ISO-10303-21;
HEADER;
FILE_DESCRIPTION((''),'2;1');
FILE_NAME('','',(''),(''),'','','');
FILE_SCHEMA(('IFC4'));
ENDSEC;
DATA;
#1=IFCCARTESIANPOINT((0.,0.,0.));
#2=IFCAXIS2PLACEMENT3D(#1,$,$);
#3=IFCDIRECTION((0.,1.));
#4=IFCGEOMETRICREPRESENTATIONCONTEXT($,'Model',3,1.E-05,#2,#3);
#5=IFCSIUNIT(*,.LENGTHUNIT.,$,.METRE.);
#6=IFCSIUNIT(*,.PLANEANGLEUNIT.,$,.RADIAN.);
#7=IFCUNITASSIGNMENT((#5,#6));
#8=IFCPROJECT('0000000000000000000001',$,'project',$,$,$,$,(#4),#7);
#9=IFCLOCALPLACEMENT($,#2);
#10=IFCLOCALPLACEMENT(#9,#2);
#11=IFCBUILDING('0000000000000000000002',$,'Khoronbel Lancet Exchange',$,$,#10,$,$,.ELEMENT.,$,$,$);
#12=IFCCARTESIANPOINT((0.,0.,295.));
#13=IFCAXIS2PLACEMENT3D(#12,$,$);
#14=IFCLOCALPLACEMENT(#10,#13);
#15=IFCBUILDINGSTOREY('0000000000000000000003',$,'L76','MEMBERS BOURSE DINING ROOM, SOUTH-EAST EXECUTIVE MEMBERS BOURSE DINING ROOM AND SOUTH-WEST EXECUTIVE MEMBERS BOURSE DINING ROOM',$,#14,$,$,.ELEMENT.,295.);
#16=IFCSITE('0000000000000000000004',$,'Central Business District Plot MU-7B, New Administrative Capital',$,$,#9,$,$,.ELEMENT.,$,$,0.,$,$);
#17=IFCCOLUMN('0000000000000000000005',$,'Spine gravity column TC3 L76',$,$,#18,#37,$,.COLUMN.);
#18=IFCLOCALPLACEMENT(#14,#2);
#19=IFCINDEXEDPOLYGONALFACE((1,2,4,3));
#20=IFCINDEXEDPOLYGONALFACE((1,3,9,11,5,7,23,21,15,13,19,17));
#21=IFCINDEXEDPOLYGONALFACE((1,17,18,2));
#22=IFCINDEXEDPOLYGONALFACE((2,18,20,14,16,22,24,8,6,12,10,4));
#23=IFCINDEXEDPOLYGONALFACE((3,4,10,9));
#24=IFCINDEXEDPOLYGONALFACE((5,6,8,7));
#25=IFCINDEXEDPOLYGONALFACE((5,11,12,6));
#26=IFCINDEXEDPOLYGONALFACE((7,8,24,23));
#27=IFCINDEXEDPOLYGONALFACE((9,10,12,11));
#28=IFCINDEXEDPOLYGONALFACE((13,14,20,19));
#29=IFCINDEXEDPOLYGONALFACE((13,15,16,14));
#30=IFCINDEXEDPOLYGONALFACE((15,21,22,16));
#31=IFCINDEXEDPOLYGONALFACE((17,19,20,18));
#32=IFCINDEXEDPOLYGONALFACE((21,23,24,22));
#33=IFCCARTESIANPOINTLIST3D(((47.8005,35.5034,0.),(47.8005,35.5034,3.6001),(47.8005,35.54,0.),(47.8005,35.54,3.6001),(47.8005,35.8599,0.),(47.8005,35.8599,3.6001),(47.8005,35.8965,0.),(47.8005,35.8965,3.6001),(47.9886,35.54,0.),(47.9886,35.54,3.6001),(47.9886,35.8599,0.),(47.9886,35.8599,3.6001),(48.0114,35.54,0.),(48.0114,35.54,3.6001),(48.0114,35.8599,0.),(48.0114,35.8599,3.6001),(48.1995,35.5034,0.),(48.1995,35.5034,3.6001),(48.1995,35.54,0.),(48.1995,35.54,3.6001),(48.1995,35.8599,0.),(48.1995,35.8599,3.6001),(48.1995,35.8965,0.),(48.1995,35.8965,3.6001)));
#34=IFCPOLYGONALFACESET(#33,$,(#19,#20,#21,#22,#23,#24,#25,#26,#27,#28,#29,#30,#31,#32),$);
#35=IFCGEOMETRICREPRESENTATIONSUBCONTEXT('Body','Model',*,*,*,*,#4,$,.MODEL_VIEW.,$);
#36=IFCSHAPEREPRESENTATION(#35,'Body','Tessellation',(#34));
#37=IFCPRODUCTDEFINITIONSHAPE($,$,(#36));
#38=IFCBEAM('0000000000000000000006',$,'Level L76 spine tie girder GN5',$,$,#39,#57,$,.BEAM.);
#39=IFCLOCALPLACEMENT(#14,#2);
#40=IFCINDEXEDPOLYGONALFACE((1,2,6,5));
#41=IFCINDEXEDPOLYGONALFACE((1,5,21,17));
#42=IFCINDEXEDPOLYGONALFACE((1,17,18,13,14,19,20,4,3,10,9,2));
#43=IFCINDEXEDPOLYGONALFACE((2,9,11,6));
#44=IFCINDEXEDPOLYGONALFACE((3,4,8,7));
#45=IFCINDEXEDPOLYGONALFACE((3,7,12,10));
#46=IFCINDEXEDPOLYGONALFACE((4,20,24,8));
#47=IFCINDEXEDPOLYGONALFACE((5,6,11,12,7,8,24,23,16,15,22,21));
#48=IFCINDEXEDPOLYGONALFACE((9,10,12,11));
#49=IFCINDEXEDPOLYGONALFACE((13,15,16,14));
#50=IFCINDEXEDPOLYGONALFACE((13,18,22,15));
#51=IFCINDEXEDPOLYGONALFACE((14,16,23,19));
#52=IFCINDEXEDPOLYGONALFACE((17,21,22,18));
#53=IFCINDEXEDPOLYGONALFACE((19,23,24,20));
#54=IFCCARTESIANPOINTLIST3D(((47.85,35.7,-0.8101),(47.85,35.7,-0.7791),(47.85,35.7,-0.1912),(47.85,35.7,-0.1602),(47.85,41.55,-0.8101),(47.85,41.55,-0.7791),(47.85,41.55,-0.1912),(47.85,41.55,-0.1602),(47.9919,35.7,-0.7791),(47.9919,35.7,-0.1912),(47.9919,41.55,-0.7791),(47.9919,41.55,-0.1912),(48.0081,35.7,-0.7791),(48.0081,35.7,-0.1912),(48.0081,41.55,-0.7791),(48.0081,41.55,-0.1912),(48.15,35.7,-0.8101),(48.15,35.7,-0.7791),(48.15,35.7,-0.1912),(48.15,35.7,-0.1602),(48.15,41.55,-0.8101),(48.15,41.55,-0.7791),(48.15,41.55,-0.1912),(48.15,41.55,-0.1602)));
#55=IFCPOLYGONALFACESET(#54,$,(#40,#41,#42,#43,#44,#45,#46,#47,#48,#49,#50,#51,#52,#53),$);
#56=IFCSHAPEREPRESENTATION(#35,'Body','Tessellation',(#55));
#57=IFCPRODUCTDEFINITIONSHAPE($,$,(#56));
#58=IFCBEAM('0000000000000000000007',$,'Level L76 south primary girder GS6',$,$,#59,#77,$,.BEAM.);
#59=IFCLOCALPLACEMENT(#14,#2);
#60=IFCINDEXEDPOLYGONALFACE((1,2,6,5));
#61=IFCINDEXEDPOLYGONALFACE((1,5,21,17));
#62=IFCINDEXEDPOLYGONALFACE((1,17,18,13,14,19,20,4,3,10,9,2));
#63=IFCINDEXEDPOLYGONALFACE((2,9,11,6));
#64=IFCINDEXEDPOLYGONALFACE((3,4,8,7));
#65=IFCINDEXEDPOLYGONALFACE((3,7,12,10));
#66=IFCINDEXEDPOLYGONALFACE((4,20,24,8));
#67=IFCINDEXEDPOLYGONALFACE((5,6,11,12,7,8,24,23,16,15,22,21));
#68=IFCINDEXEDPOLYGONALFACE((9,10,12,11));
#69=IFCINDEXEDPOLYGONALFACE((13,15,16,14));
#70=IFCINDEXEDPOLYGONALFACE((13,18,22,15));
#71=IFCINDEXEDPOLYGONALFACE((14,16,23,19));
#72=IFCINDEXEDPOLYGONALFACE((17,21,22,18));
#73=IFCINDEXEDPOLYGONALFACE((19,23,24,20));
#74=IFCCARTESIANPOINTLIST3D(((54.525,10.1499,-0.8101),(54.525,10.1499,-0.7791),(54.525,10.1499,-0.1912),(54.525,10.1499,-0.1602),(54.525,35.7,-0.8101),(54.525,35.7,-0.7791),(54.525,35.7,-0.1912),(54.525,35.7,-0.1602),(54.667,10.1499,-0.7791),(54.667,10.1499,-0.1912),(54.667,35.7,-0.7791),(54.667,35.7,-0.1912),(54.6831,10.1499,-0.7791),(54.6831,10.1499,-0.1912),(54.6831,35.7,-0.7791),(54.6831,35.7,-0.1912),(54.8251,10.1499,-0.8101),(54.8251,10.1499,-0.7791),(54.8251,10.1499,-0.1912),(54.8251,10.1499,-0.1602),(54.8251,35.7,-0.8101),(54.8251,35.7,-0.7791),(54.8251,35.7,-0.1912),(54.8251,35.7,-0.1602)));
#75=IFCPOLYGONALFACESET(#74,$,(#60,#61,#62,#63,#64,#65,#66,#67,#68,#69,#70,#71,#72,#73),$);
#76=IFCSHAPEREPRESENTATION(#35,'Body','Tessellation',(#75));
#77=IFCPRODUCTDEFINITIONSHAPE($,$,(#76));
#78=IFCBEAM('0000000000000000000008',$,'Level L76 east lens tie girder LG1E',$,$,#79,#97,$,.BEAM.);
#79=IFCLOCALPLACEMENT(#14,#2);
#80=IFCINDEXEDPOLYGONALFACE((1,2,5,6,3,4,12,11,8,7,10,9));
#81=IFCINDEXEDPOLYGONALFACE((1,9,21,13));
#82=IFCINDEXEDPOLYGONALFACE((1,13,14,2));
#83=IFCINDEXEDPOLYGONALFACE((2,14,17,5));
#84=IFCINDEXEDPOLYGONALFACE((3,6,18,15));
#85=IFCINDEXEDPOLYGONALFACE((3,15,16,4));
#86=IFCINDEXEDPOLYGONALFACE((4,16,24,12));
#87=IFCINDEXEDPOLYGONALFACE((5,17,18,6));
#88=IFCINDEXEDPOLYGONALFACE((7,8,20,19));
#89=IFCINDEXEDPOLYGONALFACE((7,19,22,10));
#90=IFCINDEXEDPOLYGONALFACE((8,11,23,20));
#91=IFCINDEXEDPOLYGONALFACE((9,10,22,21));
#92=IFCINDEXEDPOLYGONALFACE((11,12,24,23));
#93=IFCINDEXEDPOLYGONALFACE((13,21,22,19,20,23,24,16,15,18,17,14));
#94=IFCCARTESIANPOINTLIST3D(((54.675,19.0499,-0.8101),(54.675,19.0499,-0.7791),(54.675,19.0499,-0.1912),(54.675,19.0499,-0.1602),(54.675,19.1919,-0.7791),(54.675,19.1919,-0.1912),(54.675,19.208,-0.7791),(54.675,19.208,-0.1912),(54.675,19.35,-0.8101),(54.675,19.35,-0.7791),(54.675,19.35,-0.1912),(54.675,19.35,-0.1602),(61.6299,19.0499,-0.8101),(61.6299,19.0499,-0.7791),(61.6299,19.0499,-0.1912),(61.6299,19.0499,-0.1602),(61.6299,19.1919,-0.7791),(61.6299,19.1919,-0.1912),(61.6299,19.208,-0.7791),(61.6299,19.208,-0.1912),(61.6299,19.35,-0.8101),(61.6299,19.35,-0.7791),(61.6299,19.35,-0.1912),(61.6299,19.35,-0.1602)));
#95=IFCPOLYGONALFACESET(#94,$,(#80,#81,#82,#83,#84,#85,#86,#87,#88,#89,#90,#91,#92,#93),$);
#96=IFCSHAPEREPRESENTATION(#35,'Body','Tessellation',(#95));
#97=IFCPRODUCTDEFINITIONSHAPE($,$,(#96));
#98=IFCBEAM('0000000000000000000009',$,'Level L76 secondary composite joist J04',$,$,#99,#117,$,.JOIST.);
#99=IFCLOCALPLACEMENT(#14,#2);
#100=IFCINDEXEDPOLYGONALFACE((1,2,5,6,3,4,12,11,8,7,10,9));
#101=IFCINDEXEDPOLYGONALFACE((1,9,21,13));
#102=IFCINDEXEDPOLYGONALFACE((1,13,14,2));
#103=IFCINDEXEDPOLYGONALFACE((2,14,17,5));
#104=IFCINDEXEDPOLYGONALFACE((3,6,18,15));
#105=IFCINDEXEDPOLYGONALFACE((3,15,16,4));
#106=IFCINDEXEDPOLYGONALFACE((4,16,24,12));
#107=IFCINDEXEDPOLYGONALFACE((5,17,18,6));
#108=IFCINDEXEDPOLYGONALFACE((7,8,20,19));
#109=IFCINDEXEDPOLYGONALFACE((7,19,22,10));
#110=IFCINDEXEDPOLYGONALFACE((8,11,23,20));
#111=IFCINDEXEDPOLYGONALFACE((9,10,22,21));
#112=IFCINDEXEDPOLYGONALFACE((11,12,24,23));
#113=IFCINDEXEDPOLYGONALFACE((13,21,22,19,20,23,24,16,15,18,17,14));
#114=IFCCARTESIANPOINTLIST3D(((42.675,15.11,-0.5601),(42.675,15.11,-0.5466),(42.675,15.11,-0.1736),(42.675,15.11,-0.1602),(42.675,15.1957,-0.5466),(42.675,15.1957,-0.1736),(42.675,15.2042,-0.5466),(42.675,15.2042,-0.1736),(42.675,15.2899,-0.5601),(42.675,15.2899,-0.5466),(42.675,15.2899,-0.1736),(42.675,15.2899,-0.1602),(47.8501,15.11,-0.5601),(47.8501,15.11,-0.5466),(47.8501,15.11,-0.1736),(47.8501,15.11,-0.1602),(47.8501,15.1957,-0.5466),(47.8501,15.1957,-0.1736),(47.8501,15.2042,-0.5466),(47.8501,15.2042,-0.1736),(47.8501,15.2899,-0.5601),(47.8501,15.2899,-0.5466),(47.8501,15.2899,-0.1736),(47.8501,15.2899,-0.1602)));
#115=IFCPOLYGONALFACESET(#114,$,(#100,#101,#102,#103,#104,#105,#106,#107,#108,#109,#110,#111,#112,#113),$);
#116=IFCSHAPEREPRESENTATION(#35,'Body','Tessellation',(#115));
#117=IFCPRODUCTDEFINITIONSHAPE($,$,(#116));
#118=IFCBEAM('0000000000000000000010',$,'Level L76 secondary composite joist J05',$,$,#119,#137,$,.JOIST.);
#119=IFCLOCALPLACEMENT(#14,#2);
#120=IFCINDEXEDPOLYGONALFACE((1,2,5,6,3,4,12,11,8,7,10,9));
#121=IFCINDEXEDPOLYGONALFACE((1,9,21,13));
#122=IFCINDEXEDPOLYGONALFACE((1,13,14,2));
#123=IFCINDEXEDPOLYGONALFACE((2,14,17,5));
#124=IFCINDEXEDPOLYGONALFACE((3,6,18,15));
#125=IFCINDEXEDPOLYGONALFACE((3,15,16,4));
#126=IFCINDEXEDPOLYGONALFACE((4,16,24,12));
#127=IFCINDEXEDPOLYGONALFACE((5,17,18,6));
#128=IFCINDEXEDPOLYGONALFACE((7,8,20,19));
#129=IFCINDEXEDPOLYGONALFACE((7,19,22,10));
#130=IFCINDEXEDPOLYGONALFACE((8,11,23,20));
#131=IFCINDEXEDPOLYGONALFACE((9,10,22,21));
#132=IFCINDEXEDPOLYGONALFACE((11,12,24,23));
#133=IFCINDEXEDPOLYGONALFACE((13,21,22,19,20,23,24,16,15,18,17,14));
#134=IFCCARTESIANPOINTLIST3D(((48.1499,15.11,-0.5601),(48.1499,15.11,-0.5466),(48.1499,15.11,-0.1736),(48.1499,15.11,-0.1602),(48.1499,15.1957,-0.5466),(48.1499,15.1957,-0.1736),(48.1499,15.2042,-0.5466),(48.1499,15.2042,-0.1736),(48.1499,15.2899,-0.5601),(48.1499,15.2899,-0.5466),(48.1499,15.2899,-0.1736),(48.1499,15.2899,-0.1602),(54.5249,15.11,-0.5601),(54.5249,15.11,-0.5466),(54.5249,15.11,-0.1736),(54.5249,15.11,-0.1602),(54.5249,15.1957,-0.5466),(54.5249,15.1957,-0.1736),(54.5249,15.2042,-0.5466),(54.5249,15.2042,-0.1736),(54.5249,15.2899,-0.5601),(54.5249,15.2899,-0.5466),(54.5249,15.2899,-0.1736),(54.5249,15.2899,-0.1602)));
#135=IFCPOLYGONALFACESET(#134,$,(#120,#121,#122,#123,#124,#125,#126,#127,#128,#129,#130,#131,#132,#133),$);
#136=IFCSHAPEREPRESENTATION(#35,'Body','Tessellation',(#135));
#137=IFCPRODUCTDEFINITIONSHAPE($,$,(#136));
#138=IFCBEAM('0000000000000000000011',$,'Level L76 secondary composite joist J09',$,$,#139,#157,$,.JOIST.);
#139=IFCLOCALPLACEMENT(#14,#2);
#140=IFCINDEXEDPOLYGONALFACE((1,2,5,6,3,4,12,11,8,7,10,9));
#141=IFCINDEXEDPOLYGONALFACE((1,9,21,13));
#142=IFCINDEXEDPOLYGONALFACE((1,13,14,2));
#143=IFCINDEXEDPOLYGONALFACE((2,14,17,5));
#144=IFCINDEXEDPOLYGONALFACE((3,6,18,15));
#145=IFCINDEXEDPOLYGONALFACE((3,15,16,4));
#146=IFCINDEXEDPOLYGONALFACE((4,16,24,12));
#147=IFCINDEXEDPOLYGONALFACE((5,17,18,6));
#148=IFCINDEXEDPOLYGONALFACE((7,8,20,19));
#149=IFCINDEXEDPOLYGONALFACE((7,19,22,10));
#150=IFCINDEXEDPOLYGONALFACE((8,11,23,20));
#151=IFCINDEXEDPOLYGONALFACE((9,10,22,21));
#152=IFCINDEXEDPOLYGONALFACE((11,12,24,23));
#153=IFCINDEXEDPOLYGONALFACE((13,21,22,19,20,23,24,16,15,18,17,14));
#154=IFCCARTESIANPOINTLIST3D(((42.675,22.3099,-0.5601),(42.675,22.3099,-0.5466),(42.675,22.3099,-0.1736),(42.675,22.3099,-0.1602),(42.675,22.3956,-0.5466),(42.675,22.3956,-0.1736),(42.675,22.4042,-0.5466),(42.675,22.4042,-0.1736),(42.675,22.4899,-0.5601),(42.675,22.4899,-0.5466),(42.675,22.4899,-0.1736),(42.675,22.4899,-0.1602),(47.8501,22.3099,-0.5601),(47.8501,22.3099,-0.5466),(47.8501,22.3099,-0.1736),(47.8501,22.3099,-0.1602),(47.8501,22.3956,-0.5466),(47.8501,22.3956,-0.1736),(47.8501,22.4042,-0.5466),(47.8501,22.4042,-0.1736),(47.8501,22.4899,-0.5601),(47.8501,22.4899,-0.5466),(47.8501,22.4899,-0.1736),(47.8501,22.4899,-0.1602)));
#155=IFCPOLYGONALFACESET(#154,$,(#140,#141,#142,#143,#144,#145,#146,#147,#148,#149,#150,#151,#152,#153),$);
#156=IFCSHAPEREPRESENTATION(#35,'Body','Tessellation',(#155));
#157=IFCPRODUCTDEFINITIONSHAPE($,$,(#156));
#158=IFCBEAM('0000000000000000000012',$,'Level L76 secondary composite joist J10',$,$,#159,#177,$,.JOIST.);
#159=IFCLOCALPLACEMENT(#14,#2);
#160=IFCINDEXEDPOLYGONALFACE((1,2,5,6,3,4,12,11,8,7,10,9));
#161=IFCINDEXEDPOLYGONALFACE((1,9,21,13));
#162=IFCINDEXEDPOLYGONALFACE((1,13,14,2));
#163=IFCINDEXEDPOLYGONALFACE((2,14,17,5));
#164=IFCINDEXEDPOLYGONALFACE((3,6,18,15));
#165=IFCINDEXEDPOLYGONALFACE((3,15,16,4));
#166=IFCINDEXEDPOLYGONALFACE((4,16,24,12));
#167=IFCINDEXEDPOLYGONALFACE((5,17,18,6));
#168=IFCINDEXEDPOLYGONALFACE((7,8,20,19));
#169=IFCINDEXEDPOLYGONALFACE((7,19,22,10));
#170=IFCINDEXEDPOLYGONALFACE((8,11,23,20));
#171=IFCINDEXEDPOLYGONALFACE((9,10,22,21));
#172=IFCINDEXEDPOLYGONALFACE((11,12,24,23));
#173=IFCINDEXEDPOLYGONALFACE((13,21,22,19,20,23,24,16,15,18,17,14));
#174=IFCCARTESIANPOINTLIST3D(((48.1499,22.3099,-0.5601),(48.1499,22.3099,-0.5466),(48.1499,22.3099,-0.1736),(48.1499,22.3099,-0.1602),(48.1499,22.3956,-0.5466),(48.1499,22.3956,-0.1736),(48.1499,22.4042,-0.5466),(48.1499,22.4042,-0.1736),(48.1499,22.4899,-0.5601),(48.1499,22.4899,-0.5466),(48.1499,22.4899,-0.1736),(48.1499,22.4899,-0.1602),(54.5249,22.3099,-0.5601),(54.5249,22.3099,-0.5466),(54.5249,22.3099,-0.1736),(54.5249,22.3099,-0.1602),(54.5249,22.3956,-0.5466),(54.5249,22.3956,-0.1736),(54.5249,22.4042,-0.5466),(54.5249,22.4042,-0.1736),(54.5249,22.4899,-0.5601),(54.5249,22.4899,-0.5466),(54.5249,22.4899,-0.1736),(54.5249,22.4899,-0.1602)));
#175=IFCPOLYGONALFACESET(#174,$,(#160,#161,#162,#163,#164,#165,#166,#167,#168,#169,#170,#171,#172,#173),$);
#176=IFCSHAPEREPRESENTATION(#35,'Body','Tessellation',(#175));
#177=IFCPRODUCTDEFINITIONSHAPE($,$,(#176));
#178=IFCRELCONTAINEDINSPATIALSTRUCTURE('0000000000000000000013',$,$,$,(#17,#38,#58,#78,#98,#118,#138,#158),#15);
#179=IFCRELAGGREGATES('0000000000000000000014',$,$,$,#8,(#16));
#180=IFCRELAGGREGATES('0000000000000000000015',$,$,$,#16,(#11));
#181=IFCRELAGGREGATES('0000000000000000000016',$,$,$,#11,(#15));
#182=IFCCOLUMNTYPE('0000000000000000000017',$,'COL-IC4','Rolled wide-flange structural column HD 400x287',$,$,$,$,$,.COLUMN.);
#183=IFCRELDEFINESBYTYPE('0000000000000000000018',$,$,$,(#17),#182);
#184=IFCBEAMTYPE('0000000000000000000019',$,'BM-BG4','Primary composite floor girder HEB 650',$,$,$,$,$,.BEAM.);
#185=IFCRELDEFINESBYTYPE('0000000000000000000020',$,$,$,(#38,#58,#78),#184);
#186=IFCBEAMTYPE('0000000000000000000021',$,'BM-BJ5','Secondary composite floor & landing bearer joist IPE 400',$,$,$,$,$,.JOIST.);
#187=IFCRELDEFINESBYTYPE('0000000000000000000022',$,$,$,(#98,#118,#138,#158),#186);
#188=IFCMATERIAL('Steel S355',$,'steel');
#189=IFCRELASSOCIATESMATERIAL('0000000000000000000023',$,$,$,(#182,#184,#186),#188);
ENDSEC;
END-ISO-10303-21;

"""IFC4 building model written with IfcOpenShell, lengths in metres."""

from ifc_helpers import new_model, si_unit, direction, frame, origin, origin_2d, place, context, subcontext, project, spatial, i_section, extrude, material, material_profile, profile_set, type_object, element, save


model = new_model("IFC4")

# Units and contexts
model_context = context("Model", 3, precision=1e-05, world=origin(), true_north=direction((0.0, 1.0)))
body_context = subcontext(model_context, "Body", "Model", "MODEL_VIEW")
ifc_project = project(units=[si_unit("LENGTHUNIT", "METRE"), si_unit("PLANEANGLEUNIT", "RADIAN")], contexts=[model_context])

# Site, building, storey
site_placement = place(None, origin())
site = spatial("IfcSite", under=ifc_project, at=site_placement, Name="Central Business District Plot MU-7B, New Administrative Capital", CompositionType="ELEMENT", RefElevation=0.0)
building_placement = place(site_placement, origin())
building = spatial("IfcBuilding", under=site, at=building_placement, Name="Khoronbel Lancet Exchange", CompositionType="ELEMENT")
storey_placement = place(building_placement, frame((0.0, 0.0, 295.0)))
storey = spatial("IfcBuildingStorey", under=building, at=storey_placement, Name="L76", Description="MEMBERS BOURSE DINING ROOM, SOUTH-EAST EXECUTIVE MEMBERS BOURSE DINING ROOM AND SOUTH-WEST EXECUTIVE MEMBERS BOURSE DINING ROOM", CompositionType="ELEMENT", Elevation=295.0)

# Column
ifc_material_1 = material(Name="Steel S355", Category="steel")
ifc_material_profile_1 = material_profile(ifc_material_1, i_section(OverallWidth=0.3989, OverallDepth=0.3931, WebThickness=0.0227, FlangeThickness=0.0366, at=origin_2d()), Name="HD 400x287")
ifc_profile_set_1 = profile_set([ifc_material_profile_1], Name="Steel S355")
column_type = type_object("IfcColumnType", Name="COL-IC4", Description="Rolled wide-flange structural column HD 400x287", PredefinedType="COLUMN", material=ifc_profile_set_1)
column_placement = place(storey_placement, frame((48.0, 35.7, 0.0), z_axis=(0.0, 0.0, 1.0), x_axis=(1.0, 0.0, 0.0)))
element("IfcColumn", 1, at=column_placement, inside=storey, type_object=column_type, Name="Spine gravity column TC3 L76", PredefinedType="COLUMN", context=body_context, shape_type="SweptSolid", body=[
    extrude(i_section(OverallWidth=0.3989, OverallDepth=0.3931, WebThickness=0.0227, FlangeThickness=0.0366, at=origin_2d()), origin(), (0.0, 0.0, 1.0), 3.6001),
])

# Beams
ifc_material_profile_2 = material_profile(ifc_material_1, i_section(OverallWidth=0.3, OverallDepth=0.6499, WebThickness=0.0161, FlangeThickness=0.031, at=origin_2d()), Name="HEB 650")
ifc_profile_set_2 = profile_set([ifc_material_profile_2], Name="Steel S355")
beam_type_1 = type_object("IfcBeamType", Name="BM-BG4", Description="Primary composite floor girder HEB 650", PredefinedType="BEAM", material=ifc_profile_set_2)
beam_1_placement = place(storey_placement, frame((48.0, 35.7, -0.4851), z_axis=(0.0, 1.0, 0.0), x_axis=(-1.0, 0.0, 0.0)))
element("IfcBeam", 2, at=beam_1_placement, inside=storey, type_object=beam_type_1, Name="Level L76 spine tie girder GN5", PredefinedType="BEAM", context=body_context, shape_type="SweptSolid", body=[
    extrude(i_section(OverallWidth=0.3, OverallDepth=0.6499, WebThickness=0.0161, FlangeThickness=0.031, at=origin_2d()), origin(), (0.0, 0.0, 1.0), 5.8501),
])
beam_2_placement = place(storey_placement, frame((54.675, 10.1499, -0.4851), z_axis=(0.0, 1.0, 0.0), x_axis=(-1.0, 0.0, 0.0)))
element("IfcBeam", 3, at=beam_2_placement, inside=storey, type_object=beam_type_1, Name="Level L76 south primary girder GS6", PredefinedType="BEAM", context=body_context, shape_type="SweptSolid", body=[
    extrude(i_section(OverallWidth=0.3, OverallDepth=0.6499, WebThickness=0.0161, FlangeThickness=0.031, at=origin_2d()), origin(), (0.0, 0.0, 1.0), 25.55),
])
beam_3_placement = place(storey_placement, frame((54.675, 19.2, -0.4851), z_axis=(1.0, 0.0, 0.0), x_axis=(0.0, 1.0, 0.0)))
element("IfcBeam", 4, at=beam_3_placement, inside=storey, type_object=beam_type_1, Name="Level L76 east lens tie girder LG1E", PredefinedType="BEAM", context=body_context, shape_type="SweptSolid", body=[
    extrude(i_section(OverallWidth=0.3, OverallDepth=0.6499, WebThickness=0.0161, FlangeThickness=0.031, at=origin_2d()), origin(), (0.0, 0.0, 1.0), 6.9548),
])
ifc_material_profile_3 = material_profile(ifc_material_1, i_section(OverallWidth=0.1799, OverallDepth=0.3999, WebThickness=0.0085, FlangeThickness=0.0134, at=origin_2d()), Name="IPE 400")
ifc_profile_set_3 = profile_set([ifc_material_profile_3], Name="Steel S355")
beam_type_2 = type_object("IfcBeamType", Name="BM-BJ5", Description="Secondary composite floor & landing bearer joist IPE 400", PredefinedType="JOIST", material=ifc_profile_set_3)
beam_4_placement = place(storey_placement, frame((42.675, 15.2, -0.3601), z_axis=(1.0, 0.0, 0.0), x_axis=(0.0, 1.0, 0.0)))
element("IfcBeam", 5, at=beam_4_placement, inside=storey, type_object=beam_type_2, Name="Level L76 secondary composite joist J04", PredefinedType="JOIST", context=body_context, shape_type="SweptSolid", body=[
    extrude(i_section(OverallWidth=0.1799, OverallDepth=0.3999, WebThickness=0.0085, FlangeThickness=0.0134, at=origin_2d()), origin(), (0.0, 0.0, 1.0), 5.175),
])
beam_5_placement = place(storey_placement, frame((48.1499, 15.2, -0.3601), z_axis=(1.0, 0.0, 0.0), x_axis=(0.0, 1.0, 0.0)))
element("IfcBeam", 6, at=beam_5_placement, inside=storey, type_object=beam_type_2, Name="Level L76 secondary composite joist J05", PredefinedType="JOIST", context=body_context, shape_type="SweptSolid", body=[
    extrude(i_section(OverallWidth=0.1799, OverallDepth=0.3999, WebThickness=0.0085, FlangeThickness=0.0134, at=origin_2d()), origin(), (0.0, 0.0, 1.0), 6.375),
])
beam_6_placement = place(storey_placement, frame((42.675, 22.3999, -0.3601), z_axis=(1.0, 0.0, 0.0), x_axis=(0.0, 1.0, 0.0)))
element("IfcBeam", 7, at=beam_6_placement, inside=storey, type_object=beam_type_2, Name="Level L76 secondary composite joist J09", PredefinedType="JOIST", context=body_context, shape_type="SweptSolid", body=[
    extrude(i_section(OverallWidth=0.1799, OverallDepth=0.3999, WebThickness=0.0085, FlangeThickness=0.0134, at=origin_2d()), origin(), (0.0, 0.0, 1.0), 5.175),
])
beam_7_placement = place(storey_placement, frame((48.1499, 22.3999, -0.3601), z_axis=(1.0, 0.0, 0.0), x_axis=(0.0, 1.0, 0.0)))
element("IfcBeam", 8, at=beam_7_placement, inside=storey, type_object=beam_type_2, Name="Level L76 secondary composite joist J10", PredefinedType="JOIST", context=body_context, shape_type="SweptSolid", body=[
    extrude(i_section(OverallWidth=0.1799, OverallDepth=0.3999, WebThickness=0.0085, FlangeThickness=0.0134, at=origin_2d()), origin(), (0.0, 0.0, 1.0), 6.375),
])

save(model, "model.ifc")
